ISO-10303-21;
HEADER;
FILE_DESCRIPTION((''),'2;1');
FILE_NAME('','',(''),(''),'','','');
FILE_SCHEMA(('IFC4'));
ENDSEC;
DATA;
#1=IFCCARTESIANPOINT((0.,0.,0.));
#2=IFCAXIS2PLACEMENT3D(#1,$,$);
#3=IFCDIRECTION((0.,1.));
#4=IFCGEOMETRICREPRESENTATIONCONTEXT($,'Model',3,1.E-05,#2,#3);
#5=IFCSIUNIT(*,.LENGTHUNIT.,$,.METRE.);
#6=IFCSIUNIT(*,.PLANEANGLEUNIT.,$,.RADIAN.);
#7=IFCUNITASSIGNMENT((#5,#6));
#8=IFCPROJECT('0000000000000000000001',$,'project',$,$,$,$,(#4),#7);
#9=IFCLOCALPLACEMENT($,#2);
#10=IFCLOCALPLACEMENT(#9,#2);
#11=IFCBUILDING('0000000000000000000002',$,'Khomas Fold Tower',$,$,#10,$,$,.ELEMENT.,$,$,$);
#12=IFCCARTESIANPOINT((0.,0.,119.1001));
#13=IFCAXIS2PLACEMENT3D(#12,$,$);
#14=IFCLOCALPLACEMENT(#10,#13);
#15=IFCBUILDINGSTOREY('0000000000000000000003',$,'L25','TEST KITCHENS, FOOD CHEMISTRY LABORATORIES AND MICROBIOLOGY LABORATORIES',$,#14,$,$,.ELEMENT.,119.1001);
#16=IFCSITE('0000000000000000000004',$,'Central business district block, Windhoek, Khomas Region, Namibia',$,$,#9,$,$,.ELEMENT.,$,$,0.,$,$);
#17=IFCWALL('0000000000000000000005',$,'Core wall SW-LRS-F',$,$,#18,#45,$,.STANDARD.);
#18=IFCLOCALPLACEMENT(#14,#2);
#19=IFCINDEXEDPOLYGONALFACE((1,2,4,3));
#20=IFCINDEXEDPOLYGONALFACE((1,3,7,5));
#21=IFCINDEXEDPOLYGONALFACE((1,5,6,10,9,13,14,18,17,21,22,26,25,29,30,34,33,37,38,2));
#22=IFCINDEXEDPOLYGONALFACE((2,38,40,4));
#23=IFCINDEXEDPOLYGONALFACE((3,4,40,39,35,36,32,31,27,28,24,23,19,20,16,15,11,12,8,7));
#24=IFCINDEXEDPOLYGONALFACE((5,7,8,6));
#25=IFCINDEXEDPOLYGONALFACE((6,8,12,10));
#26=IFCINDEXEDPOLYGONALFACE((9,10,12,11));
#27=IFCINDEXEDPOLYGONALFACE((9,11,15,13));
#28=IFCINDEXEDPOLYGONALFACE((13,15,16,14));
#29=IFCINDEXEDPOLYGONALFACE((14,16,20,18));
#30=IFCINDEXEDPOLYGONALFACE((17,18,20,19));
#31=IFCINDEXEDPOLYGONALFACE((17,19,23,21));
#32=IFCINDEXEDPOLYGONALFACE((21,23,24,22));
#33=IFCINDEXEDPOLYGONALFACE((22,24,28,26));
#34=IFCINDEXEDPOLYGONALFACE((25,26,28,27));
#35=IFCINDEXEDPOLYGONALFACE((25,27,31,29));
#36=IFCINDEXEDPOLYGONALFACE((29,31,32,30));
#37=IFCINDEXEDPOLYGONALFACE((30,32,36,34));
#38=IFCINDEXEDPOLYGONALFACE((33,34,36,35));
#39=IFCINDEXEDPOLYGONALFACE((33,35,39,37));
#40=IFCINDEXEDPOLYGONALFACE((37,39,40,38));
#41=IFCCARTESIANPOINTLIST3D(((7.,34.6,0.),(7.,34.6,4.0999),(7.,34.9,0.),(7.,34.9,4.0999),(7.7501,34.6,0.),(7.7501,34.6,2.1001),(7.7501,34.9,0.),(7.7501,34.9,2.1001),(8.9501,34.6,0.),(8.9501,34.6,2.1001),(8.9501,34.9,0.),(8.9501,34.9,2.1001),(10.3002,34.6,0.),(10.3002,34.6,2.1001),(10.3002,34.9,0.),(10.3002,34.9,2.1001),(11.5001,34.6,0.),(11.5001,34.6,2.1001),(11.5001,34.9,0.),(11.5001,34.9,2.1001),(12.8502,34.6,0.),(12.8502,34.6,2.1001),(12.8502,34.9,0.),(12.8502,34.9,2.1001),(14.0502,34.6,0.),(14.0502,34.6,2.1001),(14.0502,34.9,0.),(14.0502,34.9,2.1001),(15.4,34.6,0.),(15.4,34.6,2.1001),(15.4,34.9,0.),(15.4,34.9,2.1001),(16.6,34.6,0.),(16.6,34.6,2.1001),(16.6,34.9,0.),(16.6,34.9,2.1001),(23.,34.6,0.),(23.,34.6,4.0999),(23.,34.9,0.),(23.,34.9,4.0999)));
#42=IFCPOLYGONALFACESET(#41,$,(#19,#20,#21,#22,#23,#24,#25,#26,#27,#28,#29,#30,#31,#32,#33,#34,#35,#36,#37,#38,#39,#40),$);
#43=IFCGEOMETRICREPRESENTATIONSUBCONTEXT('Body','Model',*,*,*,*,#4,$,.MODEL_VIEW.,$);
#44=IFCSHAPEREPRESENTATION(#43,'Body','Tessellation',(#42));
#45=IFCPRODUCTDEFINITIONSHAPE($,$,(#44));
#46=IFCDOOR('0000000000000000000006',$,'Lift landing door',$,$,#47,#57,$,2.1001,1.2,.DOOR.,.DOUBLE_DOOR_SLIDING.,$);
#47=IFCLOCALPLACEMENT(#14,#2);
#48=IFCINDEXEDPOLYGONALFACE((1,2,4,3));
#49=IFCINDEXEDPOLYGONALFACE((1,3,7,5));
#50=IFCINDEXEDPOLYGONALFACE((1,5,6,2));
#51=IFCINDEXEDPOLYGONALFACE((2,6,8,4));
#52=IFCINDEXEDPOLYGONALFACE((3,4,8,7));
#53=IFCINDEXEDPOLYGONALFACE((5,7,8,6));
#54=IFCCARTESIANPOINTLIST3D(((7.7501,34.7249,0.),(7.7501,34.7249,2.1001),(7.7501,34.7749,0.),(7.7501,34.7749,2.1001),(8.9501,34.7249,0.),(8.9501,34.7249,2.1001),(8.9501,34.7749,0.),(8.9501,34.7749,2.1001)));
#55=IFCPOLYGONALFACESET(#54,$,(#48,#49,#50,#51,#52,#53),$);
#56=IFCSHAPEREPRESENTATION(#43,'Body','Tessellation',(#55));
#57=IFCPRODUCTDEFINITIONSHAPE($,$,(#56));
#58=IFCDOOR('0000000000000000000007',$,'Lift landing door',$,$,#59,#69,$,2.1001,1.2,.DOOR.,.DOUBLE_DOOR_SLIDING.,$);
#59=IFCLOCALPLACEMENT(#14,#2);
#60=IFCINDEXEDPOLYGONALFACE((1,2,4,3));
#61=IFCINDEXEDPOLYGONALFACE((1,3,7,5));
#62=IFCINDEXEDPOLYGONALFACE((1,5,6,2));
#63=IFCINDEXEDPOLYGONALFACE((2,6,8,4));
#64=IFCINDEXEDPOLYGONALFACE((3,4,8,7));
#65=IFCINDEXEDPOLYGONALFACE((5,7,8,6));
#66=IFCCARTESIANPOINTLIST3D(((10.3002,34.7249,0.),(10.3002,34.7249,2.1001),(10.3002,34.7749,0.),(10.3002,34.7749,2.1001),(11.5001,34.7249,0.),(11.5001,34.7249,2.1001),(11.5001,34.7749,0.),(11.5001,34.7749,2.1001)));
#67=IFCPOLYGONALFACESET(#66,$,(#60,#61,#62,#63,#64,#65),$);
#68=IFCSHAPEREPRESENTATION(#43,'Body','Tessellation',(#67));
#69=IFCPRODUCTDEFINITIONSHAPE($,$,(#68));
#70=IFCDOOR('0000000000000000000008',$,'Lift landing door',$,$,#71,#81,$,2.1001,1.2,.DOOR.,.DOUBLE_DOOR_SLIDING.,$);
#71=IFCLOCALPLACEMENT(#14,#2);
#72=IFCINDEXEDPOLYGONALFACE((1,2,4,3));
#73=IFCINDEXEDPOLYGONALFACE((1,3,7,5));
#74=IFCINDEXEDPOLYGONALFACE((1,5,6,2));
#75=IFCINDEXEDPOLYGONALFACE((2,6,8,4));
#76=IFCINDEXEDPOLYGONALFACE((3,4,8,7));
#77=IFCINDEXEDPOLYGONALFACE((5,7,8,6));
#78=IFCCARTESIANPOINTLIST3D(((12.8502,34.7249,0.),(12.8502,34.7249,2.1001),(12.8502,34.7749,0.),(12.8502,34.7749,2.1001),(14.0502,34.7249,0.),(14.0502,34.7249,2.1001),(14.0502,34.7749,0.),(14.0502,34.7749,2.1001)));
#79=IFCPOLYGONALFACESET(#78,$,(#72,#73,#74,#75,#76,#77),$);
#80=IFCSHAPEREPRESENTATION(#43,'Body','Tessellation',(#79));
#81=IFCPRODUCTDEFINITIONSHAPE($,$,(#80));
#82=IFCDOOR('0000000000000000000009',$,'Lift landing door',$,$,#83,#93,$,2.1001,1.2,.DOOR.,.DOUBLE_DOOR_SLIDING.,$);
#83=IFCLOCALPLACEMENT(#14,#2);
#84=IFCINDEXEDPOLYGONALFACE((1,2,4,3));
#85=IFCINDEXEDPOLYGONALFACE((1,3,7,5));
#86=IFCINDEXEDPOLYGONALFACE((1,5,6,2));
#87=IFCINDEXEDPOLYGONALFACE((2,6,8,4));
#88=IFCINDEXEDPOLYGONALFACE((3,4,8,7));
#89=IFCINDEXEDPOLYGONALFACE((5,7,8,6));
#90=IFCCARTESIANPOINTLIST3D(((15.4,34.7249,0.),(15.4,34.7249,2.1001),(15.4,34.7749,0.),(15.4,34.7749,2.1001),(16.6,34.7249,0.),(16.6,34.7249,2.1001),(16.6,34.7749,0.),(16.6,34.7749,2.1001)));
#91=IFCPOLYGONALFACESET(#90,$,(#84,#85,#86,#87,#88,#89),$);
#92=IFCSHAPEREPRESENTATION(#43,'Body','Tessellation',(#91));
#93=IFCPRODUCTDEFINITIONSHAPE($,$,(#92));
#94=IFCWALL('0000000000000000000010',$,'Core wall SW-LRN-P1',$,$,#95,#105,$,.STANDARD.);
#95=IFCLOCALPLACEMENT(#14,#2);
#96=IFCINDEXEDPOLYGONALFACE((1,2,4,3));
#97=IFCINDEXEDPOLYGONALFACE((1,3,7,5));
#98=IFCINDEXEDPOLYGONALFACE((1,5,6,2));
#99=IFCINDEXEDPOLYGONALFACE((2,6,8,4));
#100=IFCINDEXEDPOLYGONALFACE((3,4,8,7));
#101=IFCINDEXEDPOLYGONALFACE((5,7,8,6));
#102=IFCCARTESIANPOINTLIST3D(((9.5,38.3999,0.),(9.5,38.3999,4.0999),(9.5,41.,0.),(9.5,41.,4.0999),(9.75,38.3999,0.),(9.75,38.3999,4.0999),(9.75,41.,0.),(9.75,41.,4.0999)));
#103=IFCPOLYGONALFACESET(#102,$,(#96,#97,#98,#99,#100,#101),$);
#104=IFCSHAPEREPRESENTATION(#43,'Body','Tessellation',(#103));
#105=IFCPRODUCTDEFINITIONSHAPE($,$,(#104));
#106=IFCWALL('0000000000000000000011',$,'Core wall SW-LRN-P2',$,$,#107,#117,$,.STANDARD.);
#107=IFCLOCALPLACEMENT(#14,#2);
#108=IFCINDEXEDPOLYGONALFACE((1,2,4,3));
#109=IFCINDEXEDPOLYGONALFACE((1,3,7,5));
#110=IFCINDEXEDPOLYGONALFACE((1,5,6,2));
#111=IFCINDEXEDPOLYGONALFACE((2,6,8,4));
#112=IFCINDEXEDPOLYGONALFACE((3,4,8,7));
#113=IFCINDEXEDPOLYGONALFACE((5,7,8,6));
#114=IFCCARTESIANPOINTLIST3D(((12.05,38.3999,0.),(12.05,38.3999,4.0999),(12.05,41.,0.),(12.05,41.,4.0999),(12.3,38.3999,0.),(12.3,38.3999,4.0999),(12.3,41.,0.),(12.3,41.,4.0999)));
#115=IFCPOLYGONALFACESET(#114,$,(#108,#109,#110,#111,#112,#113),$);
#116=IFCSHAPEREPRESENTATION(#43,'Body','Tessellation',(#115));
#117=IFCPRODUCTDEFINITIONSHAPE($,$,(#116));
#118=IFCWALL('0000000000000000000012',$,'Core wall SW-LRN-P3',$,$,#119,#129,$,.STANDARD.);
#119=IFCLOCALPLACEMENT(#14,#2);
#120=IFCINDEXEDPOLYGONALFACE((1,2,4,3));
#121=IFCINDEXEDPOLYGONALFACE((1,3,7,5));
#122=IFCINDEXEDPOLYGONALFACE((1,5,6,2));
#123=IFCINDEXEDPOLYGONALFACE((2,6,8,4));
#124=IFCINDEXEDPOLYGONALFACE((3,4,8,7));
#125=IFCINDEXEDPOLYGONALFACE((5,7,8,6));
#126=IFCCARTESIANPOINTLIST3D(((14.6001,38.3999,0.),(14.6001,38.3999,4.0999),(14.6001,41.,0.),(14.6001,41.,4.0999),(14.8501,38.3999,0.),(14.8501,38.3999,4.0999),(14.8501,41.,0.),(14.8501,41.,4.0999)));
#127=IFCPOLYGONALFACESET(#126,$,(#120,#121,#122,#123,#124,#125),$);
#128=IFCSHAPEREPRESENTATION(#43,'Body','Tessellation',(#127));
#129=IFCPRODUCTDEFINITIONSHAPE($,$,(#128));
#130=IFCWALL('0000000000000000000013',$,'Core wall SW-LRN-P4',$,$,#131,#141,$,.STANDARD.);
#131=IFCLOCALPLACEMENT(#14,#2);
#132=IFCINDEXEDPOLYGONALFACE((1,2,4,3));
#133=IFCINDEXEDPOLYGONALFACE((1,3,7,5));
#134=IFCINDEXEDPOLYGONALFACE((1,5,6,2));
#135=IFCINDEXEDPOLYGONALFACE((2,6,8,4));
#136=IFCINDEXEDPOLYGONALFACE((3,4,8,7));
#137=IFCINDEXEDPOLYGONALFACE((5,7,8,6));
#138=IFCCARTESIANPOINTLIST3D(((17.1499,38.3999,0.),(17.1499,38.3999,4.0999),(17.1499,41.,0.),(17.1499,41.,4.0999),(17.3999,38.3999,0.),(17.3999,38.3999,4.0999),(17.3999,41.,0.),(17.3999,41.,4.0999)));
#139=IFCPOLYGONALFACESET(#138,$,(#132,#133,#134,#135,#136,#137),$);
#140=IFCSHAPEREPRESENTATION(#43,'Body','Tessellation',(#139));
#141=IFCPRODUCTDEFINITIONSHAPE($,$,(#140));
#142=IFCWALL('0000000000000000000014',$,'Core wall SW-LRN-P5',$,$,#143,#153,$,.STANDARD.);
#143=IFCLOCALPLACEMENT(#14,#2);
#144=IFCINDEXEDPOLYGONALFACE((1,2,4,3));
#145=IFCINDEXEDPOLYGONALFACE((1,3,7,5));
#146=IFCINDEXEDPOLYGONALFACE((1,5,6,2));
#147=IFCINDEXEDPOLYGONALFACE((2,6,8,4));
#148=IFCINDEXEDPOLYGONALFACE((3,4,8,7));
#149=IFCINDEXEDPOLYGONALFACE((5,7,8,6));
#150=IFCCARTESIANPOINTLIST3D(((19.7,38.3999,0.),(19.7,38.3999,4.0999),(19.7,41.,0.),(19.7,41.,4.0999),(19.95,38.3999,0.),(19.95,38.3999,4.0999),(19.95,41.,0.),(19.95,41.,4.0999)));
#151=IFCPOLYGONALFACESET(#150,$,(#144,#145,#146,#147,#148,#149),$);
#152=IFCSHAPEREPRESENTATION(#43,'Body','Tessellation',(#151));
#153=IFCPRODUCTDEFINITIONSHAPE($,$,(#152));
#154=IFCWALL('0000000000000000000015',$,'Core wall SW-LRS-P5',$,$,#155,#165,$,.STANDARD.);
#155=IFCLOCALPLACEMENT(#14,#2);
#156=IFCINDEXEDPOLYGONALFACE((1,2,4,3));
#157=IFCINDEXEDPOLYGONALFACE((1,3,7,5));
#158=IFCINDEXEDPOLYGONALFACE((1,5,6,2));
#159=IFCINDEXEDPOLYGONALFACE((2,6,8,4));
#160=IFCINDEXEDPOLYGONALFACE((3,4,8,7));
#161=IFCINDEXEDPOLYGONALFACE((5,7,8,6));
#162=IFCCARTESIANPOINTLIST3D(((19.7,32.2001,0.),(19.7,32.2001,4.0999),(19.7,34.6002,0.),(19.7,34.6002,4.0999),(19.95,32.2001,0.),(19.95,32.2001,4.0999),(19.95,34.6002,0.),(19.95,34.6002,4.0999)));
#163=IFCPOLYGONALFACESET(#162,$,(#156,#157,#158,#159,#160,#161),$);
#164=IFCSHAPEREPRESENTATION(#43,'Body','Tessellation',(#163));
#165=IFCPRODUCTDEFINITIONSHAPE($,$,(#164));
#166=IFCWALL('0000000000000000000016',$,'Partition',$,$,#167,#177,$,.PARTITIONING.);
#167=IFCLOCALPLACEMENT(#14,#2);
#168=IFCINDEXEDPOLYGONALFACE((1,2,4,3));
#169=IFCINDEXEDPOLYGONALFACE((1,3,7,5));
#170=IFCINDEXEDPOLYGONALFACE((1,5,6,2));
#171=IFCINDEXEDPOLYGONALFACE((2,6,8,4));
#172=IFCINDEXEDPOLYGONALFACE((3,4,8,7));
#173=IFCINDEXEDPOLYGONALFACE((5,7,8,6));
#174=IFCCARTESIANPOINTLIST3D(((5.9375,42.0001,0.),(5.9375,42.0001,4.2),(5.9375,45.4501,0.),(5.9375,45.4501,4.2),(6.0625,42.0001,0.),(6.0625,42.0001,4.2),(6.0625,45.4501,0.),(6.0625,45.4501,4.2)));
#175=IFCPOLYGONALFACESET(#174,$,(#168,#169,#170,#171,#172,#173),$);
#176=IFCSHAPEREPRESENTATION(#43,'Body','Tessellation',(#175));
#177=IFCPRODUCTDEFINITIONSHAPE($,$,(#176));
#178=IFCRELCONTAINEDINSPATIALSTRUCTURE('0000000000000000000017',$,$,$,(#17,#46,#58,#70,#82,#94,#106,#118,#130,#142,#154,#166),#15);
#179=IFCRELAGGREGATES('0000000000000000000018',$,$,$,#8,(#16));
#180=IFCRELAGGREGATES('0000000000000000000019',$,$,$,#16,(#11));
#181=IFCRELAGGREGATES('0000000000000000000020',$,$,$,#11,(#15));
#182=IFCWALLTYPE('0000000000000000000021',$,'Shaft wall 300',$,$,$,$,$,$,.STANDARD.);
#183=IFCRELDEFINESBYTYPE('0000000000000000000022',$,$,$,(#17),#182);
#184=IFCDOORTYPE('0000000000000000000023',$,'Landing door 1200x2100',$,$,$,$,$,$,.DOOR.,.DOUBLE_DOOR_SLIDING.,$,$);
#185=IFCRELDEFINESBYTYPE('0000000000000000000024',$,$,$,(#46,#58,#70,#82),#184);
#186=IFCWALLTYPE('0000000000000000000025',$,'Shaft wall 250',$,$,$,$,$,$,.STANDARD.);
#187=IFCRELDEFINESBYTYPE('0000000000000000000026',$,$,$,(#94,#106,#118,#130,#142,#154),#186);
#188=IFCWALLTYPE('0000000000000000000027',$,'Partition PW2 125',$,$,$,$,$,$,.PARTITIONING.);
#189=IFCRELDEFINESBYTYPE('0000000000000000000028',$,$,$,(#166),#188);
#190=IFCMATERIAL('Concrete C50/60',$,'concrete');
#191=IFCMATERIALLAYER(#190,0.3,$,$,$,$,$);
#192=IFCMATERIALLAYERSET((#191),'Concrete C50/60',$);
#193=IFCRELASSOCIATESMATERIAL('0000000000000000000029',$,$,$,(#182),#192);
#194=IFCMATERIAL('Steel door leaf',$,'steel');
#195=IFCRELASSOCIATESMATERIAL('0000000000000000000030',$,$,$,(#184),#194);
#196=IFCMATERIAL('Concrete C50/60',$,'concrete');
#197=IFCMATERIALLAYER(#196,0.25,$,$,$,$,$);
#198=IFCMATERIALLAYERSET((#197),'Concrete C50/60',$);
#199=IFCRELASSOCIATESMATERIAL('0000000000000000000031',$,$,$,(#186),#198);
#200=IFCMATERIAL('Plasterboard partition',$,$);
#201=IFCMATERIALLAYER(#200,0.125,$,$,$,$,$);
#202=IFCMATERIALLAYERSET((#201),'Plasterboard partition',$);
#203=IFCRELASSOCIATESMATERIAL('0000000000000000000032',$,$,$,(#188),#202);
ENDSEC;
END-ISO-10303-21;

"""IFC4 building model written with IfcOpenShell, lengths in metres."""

from ifc_helpers import new_model, si_unit, direction, frame, frame_2d, origin, place, context, subcontext, project, spatial, rectangle, extrude, source, transform, mapped, material, layer, layer_set, type_object, element, fill, save


model = new_model("IFC4")

# Units and contexts
model_context = context("Model", 3, precision=1e-05, world=origin(), true_north=direction((0.0, 1.0)))
body_context = subcontext(model_context, "Body", "Model", "MODEL_VIEW")
ifc_project = project(units=[si_unit("LENGTHUNIT", "METRE"), si_unit("PLANEANGLEUNIT", "RADIAN")], contexts=[model_context])

# Site, building, storey
site_placement = place(None, origin())
site = spatial("IfcSite", under=ifc_project, at=site_placement, Name="Central business district block, Windhoek, Khomas Region, Namibia", CompositionType="ELEMENT", RefElevation=0.0)
building_placement = place(site_placement, origin())
building = spatial("IfcBuilding", under=site, at=building_placement, Name="Khomas Fold Tower", CompositionType="ELEMENT")
storey_placement = place(building_placement, frame((0.0, 0.0, 119.1001)))
storey = spatial("IfcBuildingStorey", under=building, at=storey_placement, Name="L25", Description="TEST KITCHENS, FOOD CHEMISTRY LABORATORIES AND MICROBIOLOGY LABORATORIES", CompositionType="ELEMENT", Elevation=119.1001)

# Wall, openings, doors
ifc_material_1 = material(Name="Concrete C50/60", Category="concrete")
ifc_layer_1 = layer(ifc_material_1, 0.3)
ifc_layer_set_1 = layer_set([ifc_layer_1], Name="Concrete C50/60")
wall_type_1 = type_object("IfcWallType", Name="Shaft wall 300", PredefinedType="STANDARD", material=ifc_layer_set_1)
shared_shape_1 = source(origin(), body_context, "Body", "SweptSolid", [
    extrude(rectangle(XDim=16.0, YDim=0.3, at=frame_2d((8.0, 0.0))), origin(), (0.0, 0.0, 1.0), 4.0999),
])
shared_shape_2 = source(origin(), body_context, "Body", "SweptSolid", [
    extrude(rectangle(XDim=1.2, YDim=2.1001, at=frame_2d((0.6001, 1.05))), frame((0.0, 0.1599, 0.0), z_axis=(0.0, -1.0, 0.0), x_axis=(1.0, 0.0, 0.0)), (0.0, 0.0, 1.0), 0.3201),
])
ifc_material_2 = material(Name="Steel door leaf", Category="steel")
door_type = type_object("IfcDoorType", Name="Landing door 1200x2100", OperationType="DOUBLE_DOOR_SLIDING", PredefinedType="DOOR", material=ifc_material_2)
shared_shape_3 = source(origin(), body_context, "Body", "SweptSolid", [
    extrude(rectangle(XDim=1.2, YDim=2.1001, at=frame_2d((0.6001, 1.05))), frame((0.0, 0.0249, 0.0), z_axis=(0.0, -1.0, 0.0), x_axis=(1.0, 0.0, 0.0)), (0.0, 0.0, 1.0), 0.05),
])
wall_1_placement = place(storey_placement, frame((7.0, 34.75, 0.0), z_axis=(0.0, 0.0, 1.0), x_axis=(1.0, 0.0, 0.0)))
wall_1 = element("IfcWall", 1, at=wall_1_placement, inside=storey, type_object=wall_type_1, Name="Core wall SW-LRS-F", PredefinedType="STANDARD", context=body_context, shape_type="MappedRepresentation", body=[
    mapped(shared_shape_1, transform((0.0, 0.0, 0.0))),
])
opening_1_placement = place(wall_1_placement, frame((0.75, 0.0, 0.0)))
opening_1 = element("IfcOpeningElement", 2, at=opening_1_placement, cuts=wall_1, PredefinedType="OPENING", context=body_context, shape_type="MappedRepresentation", body=[
    mapped(shared_shape_2, transform((0.0, 0.0, 0.0))),
])
opening_2_placement = place(wall_1_placement, frame((3.3, 0.0, 0.0)))
opening_2 = element("IfcOpeningElement", 3, at=opening_2_placement, cuts=wall_1, PredefinedType="OPENING", context=body_context, shape_type="MappedRepresentation", body=[
    mapped(shared_shape_2, transform((0.0, 0.0, 0.0))),
])
opening_3_placement = place(wall_1_placement, frame((5.8501, 0.0, 0.0)))
opening_3 = element("IfcOpeningElement", 4, at=opening_3_placement, cuts=wall_1, PredefinedType="OPENING", context=body_context, shape_type="MappedRepresentation", body=[
    mapped(shared_shape_2, transform((0.0, 0.0, 0.0))),
])
opening_4_placement = place(wall_1_placement, frame((8.3999, 0.0, 0.0)))
opening_4 = element("IfcOpeningElement", 5, at=opening_4_placement, cuts=wall_1, PredefinedType="OPENING", context=body_context, shape_type="MappedRepresentation", body=[
    mapped(shared_shape_2, transform((0.0, 0.0, 0.0))),
])
door_1_placement = place(opening_1_placement, origin())
door_1 = element("IfcDoor", 6, at=door_1_placement, inside=storey, type_object=door_type, Name="Lift landing door", OperationType="DOUBLE_DOOR_SLIDING", OverallHeight=2.1001, OverallWidth=1.2, PredefinedType="DOOR", context=body_context, shape_type="MappedRepresentation", body=[
    mapped(shared_shape_3, transform((0.0, 0.0, 0.0))),
])
fill(opening_1, door_1)
door_2_placement = place(opening_2_placement, origin())
door_2 = element("IfcDoor", 7, at=door_2_placement, inside=storey, type_object=door_type, Name="Lift landing door", OperationType="DOUBLE_DOOR_SLIDING", OverallHeight=2.1001, OverallWidth=1.2, PredefinedType="DOOR", context=body_context, shape_type="MappedRepresentation", body=[
    mapped(shared_shape_3, transform((0.0, 0.0, 0.0))),
])
fill(opening_2, door_2)
door_3_placement = place(opening_3_placement, origin())
door_3 = element("IfcDoor", 8, at=door_3_placement, inside=storey, type_object=door_type, Name="Lift landing door", OperationType="DOUBLE_DOOR_SLIDING", OverallHeight=2.1001, OverallWidth=1.2, PredefinedType="DOOR", context=body_context, shape_type="MappedRepresentation", body=[
    mapped(shared_shape_3, transform((0.0, 0.0, 0.0))),
])
fill(opening_3, door_3)
door_4_placement = place(opening_4_placement, origin())
door_4 = element("IfcDoor", 9, at=door_4_placement, inside=storey, type_object=door_type, Name="Lift landing door", OperationType="DOUBLE_DOOR_SLIDING", OverallHeight=2.1001, OverallWidth=1.2, PredefinedType="DOOR", context=body_context, shape_type="MappedRepresentation", body=[
    mapped(shared_shape_3, transform((0.0, 0.0, 0.0))),
])
fill(opening_4, door_4)

# Walls
ifc_material_3 = material(Name="Concrete C50/60", Category="concrete")
ifc_layer_2 = layer(ifc_material_3, 0.25)
ifc_layer_set_2 = layer_set([ifc_layer_2], Name="Concrete C50/60")
wall_type_2 = type_object("IfcWallType", Name="Shaft wall 250", PredefinedType="STANDARD", material=ifc_layer_set_2)
shared_shape_4 = source(origin(), body_context, "Body", "SweptSolid", [
    extrude(rectangle(XDim=2.6001, YDim=0.25, at=frame_2d((1.3, 0.0))), origin(), (0.0, 0.0, 1.0), 4.0999),
])
for number, where, z_axis, x_axis, name in (
    (10, (9.625, 38.3999, 0.0), (0.0, 0.0, 1.0), (0.0, 1.0, 0.0), "Core wall SW-LRN-P1"),
    (11, (12.175, 38.3999, 0.0), (0.0, 0.0, 1.0), (0.0, 1.0, 0.0), "Core wall SW-LRN-P2"),
    (12, (14.7251, 38.3999, 0.0), (0.0, 0.0, 1.0), (0.0, 1.0, 0.0), "Core wall SW-LRN-P3"),
    (13, (17.2749, 38.3999, 0.0), (0.0, 0.0, 1.0), (0.0, 1.0, 0.0), "Core wall SW-LRN-P4"),
    (14, (19.825, 38.3999, 0.0), (0.0, 0.0, 1.0), (0.0, 1.0, 0.0), "Core wall SW-LRN-P5"),
):
    element("IfcWall", number, at=place(storey_placement, frame(where, z_axis=z_axis, x_axis=x_axis)), inside=storey, type_object=wall_type_2, Name=name, PredefinedType="STANDARD", context=body_context, shape_type="MappedRepresentation", body=[
        mapped(shared_shape_4, transform((0.0, 0.0, 0.0))),
    ])
shared_shape_5 = source(origin(), body_context, "Body", "SweptSolid", [
    extrude(rectangle(XDim=2.4001, YDim=0.25, at=frame_2d((1.2002, 0.0))), origin(), (0.0, 0.0, 1.0), 4.0999),
])
wall_2_placement = place(storey_placement, frame((19.825, 32.2, 0.0), z_axis=(0.0, 0.0, 1.0), x_axis=(0.0, 1.0, 0.0)))
element("IfcWall", 15, at=wall_2_placement, inside=storey, type_object=wall_type_2, Name="Core wall SW-LRS-P5", PredefinedType="STANDARD", context=body_context, shape_type="MappedRepresentation", body=[
    mapped(shared_shape_5, transform((0.0, 0.0, 0.0))),
])
ifc_material_4 = material(Name="Plasterboard partition")
ifc_layer_3 = layer(ifc_material_4, 0.125)
ifc_layer_set_3 = layer_set([ifc_layer_3], Name="Plasterboard partition")
wall_type_3 = type_object("IfcWallType", Name="Partition PW2 125", PredefinedType="PARTITIONING", material=ifc_layer_set_3)
shared_shape_6 = source(origin(), body_context, "Body", "SweptSolid", [
    extrude(rectangle(XDim=3.45, YDim=0.125, at=frame_2d((1.7251, 0.0))), origin(), (0.0, 0.0, 1.0), 4.2),
])
wall_3_placement = place(storey_placement, frame((6.0, 42.0, 0.0), z_axis=(0.0, 0.0, 1.0), x_axis=(0.0, 1.0, 0.0)))
element("IfcWall", 16, at=wall_3_placement, inside=storey, type_object=wall_type_3, Name="Partition", PredefinedType="PARTITIONING", context=body_context, shape_type="MappedRepresentation", body=[
    mapped(shared_shape_6, transform((0.0, 0.0, 0.0))),
])

save(model, "model.ifc")
